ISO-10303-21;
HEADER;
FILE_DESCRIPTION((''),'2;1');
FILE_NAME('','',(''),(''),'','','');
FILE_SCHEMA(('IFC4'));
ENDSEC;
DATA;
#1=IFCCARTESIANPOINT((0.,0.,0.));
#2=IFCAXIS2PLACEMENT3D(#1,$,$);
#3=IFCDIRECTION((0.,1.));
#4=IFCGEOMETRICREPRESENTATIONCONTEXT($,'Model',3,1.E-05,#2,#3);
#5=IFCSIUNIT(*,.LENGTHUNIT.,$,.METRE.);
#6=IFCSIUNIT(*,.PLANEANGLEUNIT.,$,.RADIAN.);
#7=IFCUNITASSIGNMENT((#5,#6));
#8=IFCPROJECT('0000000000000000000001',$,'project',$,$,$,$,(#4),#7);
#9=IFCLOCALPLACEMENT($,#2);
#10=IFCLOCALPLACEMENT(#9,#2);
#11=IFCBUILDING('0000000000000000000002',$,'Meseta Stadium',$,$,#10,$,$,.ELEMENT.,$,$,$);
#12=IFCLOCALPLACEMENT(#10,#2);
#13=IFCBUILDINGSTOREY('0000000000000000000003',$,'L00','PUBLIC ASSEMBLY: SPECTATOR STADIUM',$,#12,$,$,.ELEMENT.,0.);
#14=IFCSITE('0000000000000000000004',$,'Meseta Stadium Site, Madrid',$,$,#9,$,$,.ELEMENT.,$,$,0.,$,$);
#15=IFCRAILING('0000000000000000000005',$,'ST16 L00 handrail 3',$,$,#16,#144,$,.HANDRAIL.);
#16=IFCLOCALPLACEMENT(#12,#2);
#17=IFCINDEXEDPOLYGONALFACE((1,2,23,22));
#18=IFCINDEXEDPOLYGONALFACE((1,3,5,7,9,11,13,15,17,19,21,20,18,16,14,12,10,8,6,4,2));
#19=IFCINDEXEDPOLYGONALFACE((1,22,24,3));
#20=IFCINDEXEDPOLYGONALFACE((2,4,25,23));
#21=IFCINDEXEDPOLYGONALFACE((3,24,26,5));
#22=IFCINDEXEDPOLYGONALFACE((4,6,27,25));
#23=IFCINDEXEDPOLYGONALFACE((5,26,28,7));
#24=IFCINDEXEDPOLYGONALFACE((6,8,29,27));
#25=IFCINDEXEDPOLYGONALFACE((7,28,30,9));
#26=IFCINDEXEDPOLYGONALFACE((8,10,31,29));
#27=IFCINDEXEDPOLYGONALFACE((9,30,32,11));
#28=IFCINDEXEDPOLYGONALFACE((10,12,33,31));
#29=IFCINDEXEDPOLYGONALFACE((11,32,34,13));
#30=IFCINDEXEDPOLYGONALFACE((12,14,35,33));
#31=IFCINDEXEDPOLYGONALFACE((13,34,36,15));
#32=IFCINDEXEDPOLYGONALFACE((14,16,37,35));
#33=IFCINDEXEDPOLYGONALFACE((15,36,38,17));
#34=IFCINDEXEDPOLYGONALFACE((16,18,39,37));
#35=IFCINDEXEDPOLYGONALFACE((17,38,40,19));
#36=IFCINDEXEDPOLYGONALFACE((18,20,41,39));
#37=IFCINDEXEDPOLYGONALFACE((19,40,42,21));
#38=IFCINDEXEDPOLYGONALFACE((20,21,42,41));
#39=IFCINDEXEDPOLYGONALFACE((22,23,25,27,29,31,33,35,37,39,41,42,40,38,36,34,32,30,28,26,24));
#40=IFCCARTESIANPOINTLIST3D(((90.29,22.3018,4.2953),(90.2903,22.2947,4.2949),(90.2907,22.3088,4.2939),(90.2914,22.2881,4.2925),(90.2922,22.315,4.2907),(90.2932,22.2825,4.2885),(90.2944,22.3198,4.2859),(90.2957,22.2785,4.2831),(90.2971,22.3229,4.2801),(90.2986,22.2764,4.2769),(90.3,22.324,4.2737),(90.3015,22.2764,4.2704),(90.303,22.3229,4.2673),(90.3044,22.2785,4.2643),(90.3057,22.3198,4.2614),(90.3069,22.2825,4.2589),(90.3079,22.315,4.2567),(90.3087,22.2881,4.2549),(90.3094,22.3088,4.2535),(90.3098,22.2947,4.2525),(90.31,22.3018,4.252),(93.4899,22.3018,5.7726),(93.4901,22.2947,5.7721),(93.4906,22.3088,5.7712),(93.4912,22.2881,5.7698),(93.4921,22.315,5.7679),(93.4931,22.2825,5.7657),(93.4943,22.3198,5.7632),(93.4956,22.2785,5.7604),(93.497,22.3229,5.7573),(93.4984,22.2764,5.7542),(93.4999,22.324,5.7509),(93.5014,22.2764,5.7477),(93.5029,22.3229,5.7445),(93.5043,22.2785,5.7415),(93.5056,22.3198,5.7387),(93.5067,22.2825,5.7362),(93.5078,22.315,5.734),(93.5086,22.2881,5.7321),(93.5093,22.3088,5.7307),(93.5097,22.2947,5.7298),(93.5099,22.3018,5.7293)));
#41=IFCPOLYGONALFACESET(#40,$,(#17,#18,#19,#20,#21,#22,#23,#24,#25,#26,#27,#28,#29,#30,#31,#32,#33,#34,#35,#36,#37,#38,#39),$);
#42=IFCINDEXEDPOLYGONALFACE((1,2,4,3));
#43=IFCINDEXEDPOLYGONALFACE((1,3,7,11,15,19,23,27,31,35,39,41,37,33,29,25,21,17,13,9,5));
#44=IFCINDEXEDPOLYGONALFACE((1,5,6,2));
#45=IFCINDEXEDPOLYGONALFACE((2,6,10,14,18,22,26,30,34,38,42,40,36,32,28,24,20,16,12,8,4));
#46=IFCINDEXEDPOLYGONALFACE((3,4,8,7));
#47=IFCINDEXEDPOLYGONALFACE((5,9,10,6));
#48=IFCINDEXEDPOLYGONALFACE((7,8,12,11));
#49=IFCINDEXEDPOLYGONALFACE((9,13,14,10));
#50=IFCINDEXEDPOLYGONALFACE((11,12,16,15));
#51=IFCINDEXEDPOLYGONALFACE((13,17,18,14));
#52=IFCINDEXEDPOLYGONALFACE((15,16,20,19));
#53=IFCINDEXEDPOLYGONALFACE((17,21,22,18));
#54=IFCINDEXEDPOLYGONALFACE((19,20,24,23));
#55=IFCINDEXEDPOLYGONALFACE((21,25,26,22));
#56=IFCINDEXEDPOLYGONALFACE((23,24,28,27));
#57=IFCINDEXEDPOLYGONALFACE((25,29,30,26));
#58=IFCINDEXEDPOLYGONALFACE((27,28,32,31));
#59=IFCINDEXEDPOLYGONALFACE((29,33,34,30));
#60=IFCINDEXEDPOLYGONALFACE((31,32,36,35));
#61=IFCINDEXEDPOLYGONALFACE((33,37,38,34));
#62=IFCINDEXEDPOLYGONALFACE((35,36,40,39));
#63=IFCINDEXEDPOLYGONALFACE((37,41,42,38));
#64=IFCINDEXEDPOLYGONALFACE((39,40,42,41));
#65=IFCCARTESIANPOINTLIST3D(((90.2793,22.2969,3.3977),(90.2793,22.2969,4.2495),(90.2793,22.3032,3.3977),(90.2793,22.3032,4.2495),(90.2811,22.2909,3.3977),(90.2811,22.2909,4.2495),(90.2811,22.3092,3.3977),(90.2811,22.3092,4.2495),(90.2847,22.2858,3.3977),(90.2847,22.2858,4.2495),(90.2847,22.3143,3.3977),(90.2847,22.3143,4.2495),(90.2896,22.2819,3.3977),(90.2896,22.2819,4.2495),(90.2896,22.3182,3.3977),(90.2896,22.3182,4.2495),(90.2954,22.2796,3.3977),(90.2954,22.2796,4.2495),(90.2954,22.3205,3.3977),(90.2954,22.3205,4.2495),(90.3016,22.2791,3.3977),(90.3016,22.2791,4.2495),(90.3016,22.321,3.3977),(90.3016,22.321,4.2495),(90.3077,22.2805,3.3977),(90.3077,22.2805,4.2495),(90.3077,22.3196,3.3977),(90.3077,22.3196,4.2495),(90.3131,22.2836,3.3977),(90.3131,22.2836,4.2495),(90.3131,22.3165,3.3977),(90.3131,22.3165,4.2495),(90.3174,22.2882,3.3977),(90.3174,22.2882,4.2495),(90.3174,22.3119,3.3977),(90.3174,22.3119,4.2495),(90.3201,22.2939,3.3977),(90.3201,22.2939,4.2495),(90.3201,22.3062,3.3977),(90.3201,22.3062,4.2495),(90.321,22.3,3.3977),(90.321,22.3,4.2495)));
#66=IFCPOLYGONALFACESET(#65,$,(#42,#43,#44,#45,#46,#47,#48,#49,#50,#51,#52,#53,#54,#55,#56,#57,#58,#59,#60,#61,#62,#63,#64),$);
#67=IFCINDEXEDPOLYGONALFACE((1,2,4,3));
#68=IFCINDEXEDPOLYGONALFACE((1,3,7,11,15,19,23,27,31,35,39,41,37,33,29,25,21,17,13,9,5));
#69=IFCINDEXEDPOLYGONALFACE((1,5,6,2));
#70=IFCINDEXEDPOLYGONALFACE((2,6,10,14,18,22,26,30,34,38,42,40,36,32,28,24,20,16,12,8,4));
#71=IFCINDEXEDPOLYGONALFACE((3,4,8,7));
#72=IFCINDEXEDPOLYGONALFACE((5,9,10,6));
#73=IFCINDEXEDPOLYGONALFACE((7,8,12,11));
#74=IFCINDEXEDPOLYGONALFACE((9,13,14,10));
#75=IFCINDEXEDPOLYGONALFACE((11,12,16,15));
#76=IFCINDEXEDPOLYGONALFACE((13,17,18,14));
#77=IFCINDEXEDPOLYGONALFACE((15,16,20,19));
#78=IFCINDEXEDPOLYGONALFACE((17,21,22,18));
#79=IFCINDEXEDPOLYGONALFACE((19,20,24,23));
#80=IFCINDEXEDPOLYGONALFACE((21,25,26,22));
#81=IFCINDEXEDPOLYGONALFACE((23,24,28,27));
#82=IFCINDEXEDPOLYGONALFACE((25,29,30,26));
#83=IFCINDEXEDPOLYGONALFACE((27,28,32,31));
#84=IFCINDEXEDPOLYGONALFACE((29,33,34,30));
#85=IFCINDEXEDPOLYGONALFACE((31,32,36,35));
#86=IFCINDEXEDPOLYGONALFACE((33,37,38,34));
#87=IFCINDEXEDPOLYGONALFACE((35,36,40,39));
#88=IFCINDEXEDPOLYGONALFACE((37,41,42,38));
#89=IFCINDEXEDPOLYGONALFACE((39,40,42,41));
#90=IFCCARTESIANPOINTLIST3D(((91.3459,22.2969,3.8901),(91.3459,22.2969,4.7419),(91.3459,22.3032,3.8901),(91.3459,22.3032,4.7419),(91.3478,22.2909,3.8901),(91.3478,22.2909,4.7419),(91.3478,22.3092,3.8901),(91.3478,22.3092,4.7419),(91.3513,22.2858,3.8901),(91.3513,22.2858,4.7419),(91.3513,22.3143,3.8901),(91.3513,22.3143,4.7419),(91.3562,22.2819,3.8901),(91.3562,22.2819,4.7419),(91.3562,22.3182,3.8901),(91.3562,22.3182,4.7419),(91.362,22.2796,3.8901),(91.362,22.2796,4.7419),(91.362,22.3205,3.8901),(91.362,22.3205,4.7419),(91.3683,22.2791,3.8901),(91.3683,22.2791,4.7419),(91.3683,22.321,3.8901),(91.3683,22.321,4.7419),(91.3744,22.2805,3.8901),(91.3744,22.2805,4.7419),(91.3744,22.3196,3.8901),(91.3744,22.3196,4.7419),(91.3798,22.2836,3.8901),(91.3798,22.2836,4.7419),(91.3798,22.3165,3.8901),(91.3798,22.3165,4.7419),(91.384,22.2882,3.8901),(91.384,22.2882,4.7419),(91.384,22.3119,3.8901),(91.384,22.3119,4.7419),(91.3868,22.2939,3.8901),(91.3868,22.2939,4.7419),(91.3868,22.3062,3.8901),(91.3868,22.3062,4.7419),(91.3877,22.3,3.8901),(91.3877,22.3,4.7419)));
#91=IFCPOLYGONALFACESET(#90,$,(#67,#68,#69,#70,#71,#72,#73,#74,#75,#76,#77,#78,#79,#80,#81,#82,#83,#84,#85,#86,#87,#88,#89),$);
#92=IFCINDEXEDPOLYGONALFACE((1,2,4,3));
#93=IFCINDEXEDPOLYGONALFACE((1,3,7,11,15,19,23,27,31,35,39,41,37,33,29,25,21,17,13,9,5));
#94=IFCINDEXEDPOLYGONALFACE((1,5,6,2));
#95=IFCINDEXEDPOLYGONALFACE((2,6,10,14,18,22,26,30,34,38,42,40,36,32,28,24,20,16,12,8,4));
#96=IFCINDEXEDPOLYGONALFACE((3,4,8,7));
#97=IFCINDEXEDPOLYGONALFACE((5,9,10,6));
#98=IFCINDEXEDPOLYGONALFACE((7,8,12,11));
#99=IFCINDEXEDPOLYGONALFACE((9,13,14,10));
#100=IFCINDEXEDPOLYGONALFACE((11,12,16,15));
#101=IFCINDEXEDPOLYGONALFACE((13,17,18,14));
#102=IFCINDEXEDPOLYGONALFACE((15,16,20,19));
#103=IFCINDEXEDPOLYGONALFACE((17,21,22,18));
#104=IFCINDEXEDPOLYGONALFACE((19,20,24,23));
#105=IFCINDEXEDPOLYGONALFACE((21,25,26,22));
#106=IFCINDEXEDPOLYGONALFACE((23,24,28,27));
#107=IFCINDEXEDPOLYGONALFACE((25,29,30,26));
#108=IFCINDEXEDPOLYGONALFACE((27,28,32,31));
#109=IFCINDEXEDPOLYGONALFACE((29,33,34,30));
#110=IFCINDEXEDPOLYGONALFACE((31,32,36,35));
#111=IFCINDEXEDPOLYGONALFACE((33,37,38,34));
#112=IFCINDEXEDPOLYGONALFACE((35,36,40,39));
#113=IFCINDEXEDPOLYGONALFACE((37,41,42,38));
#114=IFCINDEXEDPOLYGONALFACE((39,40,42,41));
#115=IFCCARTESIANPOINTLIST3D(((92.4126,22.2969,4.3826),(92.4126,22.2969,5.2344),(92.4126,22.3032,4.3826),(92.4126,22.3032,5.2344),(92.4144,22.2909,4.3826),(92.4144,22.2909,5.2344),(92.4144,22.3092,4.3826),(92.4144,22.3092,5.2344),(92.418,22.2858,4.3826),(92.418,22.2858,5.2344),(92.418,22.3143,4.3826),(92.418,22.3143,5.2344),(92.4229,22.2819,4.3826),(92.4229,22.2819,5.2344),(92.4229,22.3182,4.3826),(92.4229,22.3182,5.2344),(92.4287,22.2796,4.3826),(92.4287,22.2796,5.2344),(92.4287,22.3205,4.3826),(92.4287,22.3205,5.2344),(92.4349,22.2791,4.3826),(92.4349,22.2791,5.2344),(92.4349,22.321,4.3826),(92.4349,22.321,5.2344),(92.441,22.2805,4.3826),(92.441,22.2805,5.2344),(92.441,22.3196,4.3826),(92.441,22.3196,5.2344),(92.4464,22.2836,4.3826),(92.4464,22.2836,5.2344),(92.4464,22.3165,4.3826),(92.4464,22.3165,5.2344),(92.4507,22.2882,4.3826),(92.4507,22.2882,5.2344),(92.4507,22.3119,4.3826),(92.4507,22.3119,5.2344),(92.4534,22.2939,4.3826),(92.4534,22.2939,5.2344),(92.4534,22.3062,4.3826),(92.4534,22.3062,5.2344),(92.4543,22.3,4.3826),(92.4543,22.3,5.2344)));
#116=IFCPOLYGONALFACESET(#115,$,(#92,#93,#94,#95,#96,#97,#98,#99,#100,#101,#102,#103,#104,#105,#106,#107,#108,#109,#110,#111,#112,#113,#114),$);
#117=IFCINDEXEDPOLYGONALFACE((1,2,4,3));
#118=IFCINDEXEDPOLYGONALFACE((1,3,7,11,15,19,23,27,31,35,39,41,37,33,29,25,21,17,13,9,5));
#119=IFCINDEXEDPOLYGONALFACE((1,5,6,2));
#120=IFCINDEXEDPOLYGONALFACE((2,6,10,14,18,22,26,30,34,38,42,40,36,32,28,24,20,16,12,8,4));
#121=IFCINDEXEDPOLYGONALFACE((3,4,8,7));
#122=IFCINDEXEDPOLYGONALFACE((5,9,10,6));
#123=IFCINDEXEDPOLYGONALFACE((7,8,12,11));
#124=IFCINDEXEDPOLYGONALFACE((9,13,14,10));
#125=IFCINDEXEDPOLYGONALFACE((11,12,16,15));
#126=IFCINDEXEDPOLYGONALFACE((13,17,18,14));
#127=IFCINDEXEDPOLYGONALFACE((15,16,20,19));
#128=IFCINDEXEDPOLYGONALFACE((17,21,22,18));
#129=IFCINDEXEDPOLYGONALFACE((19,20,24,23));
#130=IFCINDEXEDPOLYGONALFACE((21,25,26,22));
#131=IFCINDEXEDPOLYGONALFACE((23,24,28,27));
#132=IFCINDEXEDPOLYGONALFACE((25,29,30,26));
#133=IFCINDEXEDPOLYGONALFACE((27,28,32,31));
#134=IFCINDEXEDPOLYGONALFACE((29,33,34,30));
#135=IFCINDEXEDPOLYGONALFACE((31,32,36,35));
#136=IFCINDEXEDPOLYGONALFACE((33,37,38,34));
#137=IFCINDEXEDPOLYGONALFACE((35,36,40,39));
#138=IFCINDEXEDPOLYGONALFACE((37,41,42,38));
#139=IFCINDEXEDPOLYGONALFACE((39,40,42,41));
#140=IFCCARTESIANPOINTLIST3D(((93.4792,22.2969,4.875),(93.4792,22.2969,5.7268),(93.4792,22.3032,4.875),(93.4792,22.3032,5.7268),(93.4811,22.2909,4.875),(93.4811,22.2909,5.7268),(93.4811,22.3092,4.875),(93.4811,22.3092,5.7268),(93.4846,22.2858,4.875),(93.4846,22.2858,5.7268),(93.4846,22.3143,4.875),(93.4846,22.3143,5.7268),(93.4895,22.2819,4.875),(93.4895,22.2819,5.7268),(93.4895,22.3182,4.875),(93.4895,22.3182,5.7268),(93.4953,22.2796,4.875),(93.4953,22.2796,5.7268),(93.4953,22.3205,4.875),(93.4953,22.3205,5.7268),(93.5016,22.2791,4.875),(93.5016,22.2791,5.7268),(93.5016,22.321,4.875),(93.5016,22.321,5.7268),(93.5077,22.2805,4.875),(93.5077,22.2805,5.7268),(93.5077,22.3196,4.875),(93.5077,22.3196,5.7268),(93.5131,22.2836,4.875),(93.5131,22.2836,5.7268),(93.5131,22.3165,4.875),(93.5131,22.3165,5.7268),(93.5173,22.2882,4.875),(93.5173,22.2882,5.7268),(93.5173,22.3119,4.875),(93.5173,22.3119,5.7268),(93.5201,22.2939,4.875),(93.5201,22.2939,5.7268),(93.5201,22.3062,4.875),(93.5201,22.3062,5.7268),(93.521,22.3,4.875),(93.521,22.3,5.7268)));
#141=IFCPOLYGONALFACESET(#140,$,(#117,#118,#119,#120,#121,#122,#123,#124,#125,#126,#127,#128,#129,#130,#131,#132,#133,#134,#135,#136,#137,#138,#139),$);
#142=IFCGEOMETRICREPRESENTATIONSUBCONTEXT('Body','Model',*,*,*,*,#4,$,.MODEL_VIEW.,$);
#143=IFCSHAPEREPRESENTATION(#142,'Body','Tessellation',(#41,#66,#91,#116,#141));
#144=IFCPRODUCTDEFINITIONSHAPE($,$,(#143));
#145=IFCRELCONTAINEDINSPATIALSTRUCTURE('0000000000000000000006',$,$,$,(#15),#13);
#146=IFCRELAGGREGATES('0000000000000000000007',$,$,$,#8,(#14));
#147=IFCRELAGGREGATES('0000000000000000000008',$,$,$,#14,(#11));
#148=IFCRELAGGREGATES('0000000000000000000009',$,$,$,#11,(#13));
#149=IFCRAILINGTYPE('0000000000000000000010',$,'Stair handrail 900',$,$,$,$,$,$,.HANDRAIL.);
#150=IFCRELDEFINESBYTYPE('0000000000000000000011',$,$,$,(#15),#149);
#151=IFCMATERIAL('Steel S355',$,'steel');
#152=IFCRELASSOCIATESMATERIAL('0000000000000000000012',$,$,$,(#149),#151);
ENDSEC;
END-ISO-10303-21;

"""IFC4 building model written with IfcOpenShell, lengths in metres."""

from ifc_helpers import new_model, si_unit, direction, frame, origin, origin_2d, place, context, subcontext, project, spatial, circle, extrude, material, type_object, element, save


model = new_model("IFC4")

# Units and contexts
model_context = context("Model", 3, precision=1e-05, world=origin(), true_north=direction((0.0, 1.0)))
body_context = subcontext(model_context, "Body", "Model", "MODEL_VIEW")
ifc_project = project(units=[si_unit("LENGTHUNIT", "METRE"), si_unit("PLANEANGLEUNIT", "RADIAN")], contexts=[model_context])

# Site, building, storey
site_placement = place(None, origin())
site = spatial("IfcSite", under=ifc_project, at=site_placement, Name="Meseta Stadium Site, Madrid", CompositionType="ELEMENT", RefElevation=0.0)
building_placement = place(site_placement, origin())
building = spatial("IfcBuilding", under=site, at=building_placement, Name="Meseta Stadium", CompositionType="ELEMENT")
storey_placement = place(building_placement, origin())
storey = spatial("IfcBuildingStorey", under=building, at=storey_placement, Name="L00", Description="PUBLIC ASSEMBLY: SPECTATOR STADIUM", CompositionType="ELEMENT", Elevation=0.0)

# Railing
ifc_material_1 = material(Name="Steel S355", Category="steel")
railing_type_1 = type_object("IfcRailingType", Name="Stair handrail 900", PredefinedType="HANDRAIL", material=ifc_material_1)
for number, where, name in (
    (1, (90.3, 22.3, 3.3977), "ST16 L00 handrail 3"),
):
    element("IfcRailing", number, at=place(storey_placement, frame(where)), inside=storey, type_object=railing_type_1, Name=name, PredefinedType="HANDRAIL", context=body_context, shape_type="SweptSolid", body=[
        extrude(circle(Radius=0.0239, at=origin_2d()), frame((0.0, 0.0, 0.876), z_axis=(0.907917, 0.0, 0.41915), x_axis=(0.0, 1.0, 0.0)), (0.0, 0.0, 1.0), 3.5244),
        extrude(circle(Radius=0.021, at=origin_2d()), origin(), (0.0, 0.0, 1.0), 0.8518),
        extrude(circle(Radius=0.021, at=origin_2d()), frame((1.0667, 0.0, 0.4924)), (0.0, 0.0, 1.0), 0.8518),
        extrude(circle(Radius=0.021, at=origin_2d()), frame((2.1333, 0.0, 0.9849)), (0.0, 0.0, 1.0), 0.8518),
        extrude(circle(Radius=0.021, at=origin_2d()), frame((3.2, 0.0, 1.4773)), (0.0, 0.0, 1.0), 0.8518),
    ])

save(model, "model.ifc")
